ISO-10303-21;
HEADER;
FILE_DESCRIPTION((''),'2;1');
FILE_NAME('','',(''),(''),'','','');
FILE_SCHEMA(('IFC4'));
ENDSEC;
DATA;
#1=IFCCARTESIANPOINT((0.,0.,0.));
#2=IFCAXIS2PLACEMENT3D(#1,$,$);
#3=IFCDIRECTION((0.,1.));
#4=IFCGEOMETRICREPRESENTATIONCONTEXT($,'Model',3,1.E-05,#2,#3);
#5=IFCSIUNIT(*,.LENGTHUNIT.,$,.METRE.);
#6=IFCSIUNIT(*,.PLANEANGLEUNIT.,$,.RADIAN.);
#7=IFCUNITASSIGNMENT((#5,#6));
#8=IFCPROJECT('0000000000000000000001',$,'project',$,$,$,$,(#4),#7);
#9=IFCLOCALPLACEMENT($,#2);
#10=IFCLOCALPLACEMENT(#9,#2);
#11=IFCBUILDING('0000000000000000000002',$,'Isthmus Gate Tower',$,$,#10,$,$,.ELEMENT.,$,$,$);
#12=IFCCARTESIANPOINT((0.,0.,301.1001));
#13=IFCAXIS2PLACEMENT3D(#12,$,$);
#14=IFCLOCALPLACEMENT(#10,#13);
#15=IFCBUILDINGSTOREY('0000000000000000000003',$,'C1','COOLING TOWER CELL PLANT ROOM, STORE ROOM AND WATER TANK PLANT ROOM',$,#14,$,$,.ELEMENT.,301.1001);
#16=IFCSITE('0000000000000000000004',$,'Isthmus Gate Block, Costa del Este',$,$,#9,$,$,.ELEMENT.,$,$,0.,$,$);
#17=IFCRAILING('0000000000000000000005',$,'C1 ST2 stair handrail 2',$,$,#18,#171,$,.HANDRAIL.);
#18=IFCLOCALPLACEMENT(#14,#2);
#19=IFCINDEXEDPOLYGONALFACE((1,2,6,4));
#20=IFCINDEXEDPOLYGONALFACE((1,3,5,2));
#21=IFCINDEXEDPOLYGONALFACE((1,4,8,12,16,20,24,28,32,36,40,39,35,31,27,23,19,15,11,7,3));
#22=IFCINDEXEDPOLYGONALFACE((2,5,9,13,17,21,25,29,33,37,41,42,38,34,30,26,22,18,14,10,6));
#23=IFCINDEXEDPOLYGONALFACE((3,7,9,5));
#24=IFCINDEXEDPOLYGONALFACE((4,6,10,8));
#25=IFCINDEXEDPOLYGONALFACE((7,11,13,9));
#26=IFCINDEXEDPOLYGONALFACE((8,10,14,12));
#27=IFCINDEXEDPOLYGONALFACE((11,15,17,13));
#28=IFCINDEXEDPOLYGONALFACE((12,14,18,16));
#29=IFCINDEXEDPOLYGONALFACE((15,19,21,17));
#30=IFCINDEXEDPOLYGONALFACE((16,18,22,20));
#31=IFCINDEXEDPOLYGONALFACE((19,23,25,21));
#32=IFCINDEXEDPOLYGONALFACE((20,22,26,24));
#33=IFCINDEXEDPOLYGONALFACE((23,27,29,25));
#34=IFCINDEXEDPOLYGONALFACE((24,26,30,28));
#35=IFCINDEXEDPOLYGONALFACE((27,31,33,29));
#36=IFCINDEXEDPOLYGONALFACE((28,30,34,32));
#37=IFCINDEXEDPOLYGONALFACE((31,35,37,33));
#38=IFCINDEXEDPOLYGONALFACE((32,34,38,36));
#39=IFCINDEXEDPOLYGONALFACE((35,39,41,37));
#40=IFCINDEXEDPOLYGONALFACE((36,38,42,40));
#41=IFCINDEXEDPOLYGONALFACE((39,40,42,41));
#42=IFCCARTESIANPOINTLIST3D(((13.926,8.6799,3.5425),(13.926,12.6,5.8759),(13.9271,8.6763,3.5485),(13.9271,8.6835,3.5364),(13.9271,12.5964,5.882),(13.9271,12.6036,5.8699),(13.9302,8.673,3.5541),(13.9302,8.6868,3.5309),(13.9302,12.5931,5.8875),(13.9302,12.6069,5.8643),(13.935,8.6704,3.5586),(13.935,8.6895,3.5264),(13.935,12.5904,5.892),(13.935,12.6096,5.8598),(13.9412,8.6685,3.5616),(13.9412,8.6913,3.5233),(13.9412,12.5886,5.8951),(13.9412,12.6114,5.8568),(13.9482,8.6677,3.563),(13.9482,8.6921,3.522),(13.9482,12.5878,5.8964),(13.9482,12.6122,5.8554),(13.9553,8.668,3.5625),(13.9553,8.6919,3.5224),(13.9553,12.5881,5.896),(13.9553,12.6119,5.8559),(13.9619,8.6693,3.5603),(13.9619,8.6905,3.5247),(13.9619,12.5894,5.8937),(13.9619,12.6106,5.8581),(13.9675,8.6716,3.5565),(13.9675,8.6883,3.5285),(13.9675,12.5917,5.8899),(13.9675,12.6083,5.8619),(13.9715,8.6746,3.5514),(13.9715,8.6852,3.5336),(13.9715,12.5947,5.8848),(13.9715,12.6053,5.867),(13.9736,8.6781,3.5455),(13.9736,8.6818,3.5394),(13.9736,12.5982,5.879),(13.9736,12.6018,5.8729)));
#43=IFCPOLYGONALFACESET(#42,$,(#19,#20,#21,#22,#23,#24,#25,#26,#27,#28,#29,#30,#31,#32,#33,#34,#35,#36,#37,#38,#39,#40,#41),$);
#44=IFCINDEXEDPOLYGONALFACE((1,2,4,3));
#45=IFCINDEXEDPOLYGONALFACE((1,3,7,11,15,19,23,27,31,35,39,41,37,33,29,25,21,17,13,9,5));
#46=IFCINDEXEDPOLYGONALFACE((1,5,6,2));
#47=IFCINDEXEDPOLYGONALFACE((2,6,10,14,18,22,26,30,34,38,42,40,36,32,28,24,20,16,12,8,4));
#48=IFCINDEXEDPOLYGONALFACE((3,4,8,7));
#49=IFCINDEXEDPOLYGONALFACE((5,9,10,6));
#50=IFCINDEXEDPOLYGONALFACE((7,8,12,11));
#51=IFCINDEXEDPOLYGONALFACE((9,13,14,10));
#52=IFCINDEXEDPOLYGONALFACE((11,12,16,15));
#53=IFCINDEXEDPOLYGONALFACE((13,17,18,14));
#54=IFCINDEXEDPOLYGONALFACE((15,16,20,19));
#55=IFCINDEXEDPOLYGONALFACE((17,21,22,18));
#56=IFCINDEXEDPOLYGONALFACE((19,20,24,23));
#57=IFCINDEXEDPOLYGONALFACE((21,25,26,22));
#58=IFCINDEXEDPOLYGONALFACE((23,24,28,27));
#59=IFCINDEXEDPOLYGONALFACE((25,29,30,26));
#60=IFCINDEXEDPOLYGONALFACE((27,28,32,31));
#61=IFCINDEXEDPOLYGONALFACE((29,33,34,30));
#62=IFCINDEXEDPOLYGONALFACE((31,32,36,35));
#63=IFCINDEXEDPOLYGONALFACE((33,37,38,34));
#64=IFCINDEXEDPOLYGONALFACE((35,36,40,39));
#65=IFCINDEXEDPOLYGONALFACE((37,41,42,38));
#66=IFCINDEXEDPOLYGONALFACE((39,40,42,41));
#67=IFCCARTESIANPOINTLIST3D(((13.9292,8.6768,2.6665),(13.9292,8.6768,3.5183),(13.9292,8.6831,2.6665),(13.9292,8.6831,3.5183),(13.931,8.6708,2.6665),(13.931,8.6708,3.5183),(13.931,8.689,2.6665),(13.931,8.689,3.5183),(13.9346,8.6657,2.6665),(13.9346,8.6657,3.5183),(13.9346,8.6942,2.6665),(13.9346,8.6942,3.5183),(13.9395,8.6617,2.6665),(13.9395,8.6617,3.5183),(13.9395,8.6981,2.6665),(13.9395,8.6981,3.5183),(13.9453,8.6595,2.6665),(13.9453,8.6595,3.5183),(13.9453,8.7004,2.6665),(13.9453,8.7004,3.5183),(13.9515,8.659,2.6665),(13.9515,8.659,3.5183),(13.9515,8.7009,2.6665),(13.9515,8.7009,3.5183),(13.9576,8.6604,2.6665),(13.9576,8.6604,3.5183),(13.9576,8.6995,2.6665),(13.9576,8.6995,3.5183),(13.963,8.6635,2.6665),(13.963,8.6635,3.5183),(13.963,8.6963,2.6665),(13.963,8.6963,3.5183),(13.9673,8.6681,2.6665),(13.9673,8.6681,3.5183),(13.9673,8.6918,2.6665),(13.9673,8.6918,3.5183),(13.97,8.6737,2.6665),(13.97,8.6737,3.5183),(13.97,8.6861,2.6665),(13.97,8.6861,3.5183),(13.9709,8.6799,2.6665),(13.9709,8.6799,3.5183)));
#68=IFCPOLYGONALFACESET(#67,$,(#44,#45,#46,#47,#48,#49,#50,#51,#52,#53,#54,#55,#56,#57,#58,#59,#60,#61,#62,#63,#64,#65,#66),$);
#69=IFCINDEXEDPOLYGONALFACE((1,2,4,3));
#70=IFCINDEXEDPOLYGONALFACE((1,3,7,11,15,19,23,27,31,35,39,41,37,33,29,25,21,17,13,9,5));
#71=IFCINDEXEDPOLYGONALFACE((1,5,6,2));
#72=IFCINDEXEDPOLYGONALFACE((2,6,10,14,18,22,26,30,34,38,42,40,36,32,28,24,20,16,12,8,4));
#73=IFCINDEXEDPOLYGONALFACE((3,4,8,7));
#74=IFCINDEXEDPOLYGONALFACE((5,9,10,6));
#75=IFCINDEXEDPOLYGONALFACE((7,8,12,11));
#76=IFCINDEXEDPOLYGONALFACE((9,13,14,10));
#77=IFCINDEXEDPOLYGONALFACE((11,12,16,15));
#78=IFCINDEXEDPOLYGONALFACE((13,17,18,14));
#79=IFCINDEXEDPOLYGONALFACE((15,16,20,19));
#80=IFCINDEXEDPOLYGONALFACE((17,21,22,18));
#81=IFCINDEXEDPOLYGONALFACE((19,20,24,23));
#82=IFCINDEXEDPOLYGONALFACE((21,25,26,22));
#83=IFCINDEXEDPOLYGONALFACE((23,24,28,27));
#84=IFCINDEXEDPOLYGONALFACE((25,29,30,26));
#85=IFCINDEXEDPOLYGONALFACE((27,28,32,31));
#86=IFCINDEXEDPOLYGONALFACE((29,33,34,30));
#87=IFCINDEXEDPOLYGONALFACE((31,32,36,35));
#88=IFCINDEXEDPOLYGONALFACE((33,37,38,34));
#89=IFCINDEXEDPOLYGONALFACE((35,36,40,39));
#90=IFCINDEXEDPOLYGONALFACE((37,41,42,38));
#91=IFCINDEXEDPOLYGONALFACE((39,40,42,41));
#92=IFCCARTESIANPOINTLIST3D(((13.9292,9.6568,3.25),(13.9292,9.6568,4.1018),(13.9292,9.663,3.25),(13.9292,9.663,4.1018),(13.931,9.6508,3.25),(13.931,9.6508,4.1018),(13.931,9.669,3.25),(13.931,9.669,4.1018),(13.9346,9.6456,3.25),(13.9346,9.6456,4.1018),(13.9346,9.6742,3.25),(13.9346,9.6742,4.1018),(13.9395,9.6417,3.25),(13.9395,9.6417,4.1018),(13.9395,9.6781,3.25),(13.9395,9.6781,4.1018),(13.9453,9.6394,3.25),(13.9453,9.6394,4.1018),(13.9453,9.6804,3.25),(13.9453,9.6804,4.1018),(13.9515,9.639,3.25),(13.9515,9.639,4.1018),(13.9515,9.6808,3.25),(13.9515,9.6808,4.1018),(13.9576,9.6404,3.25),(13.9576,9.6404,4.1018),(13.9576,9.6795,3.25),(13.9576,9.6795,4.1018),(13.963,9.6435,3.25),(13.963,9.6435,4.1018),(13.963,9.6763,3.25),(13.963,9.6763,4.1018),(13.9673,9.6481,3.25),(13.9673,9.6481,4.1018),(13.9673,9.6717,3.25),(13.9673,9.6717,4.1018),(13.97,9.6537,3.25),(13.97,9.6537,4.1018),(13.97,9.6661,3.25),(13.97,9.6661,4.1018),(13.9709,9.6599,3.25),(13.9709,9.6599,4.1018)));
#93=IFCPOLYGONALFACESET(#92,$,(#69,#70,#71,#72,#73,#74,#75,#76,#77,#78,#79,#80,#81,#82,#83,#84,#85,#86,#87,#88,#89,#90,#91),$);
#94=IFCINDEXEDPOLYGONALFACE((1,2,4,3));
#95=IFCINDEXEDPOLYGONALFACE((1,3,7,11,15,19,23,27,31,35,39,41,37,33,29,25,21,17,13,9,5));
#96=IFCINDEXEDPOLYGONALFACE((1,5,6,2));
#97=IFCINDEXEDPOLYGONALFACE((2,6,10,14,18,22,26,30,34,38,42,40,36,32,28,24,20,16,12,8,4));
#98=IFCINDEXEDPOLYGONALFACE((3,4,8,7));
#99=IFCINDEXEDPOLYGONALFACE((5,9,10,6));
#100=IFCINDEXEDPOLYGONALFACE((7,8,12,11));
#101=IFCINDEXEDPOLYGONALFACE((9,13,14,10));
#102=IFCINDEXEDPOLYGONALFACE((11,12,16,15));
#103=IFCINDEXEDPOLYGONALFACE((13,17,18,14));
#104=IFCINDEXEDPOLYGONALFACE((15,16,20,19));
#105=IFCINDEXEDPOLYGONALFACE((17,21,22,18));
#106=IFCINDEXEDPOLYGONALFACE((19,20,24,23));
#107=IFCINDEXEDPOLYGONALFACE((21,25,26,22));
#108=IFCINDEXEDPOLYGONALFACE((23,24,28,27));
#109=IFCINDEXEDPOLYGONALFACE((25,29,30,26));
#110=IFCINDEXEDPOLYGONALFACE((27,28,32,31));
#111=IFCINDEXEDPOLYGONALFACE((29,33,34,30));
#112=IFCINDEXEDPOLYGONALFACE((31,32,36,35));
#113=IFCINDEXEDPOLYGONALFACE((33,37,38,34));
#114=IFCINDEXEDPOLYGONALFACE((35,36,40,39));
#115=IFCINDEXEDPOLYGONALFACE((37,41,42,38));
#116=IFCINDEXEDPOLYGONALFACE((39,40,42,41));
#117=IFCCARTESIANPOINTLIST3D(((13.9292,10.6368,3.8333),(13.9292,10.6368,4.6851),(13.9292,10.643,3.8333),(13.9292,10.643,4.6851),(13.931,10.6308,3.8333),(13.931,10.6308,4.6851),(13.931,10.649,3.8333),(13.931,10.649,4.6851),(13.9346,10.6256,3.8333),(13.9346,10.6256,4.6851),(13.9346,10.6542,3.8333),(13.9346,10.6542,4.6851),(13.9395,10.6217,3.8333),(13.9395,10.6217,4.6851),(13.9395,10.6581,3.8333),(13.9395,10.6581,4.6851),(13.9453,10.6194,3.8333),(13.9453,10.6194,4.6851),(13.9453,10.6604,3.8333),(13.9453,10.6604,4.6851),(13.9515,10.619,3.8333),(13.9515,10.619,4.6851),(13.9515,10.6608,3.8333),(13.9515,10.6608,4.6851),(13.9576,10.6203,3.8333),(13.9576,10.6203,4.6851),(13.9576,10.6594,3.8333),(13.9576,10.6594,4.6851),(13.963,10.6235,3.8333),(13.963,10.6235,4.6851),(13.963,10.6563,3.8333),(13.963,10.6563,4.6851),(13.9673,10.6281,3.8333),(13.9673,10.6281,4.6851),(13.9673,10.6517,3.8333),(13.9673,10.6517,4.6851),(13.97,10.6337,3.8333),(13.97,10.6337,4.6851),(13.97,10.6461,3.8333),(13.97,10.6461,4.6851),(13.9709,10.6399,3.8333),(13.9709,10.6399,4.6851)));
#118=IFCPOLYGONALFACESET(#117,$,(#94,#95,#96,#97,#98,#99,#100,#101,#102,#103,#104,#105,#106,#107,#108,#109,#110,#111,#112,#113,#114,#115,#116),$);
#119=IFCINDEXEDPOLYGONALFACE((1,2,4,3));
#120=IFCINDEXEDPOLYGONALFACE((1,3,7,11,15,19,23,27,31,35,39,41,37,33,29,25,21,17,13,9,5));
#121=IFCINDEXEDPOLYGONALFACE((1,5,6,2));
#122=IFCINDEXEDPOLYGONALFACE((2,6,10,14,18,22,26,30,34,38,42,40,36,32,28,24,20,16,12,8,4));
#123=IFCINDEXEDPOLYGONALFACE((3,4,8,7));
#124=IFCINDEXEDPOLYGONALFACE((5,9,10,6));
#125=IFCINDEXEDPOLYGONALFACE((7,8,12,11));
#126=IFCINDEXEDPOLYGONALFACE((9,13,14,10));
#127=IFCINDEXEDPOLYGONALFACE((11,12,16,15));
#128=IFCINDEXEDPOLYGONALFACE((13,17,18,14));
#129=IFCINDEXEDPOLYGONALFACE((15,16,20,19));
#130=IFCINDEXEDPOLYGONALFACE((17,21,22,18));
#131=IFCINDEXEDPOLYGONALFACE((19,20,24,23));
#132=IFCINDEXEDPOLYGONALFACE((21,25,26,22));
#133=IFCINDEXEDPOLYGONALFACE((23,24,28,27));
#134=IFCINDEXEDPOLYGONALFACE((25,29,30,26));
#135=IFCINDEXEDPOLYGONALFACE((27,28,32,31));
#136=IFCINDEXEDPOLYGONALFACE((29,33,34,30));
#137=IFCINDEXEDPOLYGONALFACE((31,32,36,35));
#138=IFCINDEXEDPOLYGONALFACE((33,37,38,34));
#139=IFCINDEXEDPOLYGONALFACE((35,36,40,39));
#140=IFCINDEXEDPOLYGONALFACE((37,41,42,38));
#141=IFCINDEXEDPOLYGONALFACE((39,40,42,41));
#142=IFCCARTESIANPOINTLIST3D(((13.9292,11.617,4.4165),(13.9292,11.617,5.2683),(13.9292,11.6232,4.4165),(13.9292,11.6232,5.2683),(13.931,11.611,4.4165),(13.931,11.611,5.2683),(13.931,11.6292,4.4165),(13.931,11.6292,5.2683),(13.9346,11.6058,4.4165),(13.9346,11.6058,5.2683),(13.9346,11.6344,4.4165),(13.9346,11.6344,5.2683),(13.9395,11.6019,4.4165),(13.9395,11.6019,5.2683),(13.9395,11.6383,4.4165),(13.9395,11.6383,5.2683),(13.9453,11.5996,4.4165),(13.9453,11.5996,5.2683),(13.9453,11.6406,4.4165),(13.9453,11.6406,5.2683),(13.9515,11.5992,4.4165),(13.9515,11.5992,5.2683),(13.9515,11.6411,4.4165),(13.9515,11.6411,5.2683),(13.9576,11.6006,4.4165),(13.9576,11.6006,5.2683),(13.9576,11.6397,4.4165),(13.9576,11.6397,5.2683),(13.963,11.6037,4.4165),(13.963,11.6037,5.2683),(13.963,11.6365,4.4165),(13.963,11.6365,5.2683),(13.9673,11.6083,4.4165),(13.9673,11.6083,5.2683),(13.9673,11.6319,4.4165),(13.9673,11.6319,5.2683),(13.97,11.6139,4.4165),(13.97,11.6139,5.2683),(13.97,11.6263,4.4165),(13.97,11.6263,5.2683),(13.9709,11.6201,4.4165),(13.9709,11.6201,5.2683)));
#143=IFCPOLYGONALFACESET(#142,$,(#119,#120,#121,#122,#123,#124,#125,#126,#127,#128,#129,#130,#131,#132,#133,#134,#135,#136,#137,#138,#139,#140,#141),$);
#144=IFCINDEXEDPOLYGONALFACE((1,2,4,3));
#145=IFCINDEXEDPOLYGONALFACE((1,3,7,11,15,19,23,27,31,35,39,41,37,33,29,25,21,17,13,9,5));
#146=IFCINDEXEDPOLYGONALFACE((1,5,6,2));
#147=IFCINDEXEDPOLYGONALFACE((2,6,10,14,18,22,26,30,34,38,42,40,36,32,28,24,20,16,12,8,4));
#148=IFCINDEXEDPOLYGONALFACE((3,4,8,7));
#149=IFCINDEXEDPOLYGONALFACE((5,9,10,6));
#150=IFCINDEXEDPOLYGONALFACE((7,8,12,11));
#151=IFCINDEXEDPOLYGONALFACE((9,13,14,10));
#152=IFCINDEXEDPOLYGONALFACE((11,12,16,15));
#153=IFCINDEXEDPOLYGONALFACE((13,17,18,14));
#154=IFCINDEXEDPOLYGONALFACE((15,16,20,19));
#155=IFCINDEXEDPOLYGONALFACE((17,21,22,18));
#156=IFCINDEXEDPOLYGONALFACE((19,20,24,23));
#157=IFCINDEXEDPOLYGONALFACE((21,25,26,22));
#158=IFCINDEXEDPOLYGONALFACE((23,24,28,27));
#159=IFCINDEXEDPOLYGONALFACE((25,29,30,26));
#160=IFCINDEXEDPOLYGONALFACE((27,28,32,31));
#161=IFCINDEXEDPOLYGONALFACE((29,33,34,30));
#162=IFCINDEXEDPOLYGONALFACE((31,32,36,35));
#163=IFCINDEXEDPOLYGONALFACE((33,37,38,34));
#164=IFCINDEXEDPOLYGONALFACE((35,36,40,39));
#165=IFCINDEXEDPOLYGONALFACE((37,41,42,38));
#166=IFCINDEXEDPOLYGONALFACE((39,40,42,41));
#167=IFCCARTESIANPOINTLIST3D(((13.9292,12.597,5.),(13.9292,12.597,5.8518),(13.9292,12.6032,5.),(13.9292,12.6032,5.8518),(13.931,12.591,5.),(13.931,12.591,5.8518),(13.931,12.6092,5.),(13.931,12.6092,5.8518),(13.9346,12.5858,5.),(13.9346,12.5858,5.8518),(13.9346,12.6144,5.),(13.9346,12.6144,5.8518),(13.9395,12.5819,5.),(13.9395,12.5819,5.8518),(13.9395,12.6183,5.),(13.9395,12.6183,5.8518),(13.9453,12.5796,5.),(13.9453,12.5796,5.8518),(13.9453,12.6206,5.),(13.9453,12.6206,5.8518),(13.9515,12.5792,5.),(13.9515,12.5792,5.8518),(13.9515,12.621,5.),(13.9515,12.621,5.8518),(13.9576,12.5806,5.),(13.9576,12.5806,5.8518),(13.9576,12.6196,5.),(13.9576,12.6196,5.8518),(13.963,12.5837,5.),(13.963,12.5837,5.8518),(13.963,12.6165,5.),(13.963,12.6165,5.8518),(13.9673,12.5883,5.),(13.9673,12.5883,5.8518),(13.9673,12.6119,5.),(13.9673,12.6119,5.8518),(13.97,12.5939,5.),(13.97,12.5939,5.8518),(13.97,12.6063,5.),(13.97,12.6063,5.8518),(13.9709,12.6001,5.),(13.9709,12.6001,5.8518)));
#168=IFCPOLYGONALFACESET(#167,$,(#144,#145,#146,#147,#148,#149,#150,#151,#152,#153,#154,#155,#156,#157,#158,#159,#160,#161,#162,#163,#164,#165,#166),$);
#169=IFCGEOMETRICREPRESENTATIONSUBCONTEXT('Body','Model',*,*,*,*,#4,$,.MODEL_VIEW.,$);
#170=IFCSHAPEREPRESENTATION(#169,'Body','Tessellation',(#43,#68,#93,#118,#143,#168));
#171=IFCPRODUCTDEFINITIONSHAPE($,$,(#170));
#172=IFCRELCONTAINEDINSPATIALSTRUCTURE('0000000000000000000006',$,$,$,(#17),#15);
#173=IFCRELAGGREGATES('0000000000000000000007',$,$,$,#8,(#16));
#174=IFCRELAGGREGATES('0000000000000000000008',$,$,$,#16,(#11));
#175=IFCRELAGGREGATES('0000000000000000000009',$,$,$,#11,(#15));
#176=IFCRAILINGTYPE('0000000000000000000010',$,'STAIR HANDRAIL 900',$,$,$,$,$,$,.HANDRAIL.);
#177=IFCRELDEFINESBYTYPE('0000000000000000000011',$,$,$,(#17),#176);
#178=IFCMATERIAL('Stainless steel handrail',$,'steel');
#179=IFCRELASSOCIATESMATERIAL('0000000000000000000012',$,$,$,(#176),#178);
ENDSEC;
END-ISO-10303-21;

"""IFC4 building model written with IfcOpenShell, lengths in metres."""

from ifc_helpers import new_model, si_unit, direction, frame, origin, origin_2d, place, context, subcontext, project, spatial, circle, extrude, material, type_object, element, save


model = new_model("IFC4")

# Units and contexts
model_context = context("Model", 3, precision=1e-05, world=origin(), true_north=direction((0.0, 1.0)))
body_context = subcontext(model_context, "Body", "Model", "MODEL_VIEW")
ifc_project = project(units=[si_unit("LENGTHUNIT", "METRE"), si_unit("PLANEANGLEUNIT", "RADIAN")], contexts=[model_context])

# Site, building, storey
site_placement = place(None, origin())
site = spatial("IfcSite", under=ifc_project, at=site_placement, Name="Isthmus Gate Block, Costa del Este", CompositionType="ELEMENT", RefElevation=0.0)
building_placement = place(site_placement, origin())
building = spatial("IfcBuilding", under=site, at=building_placement, Name="Isthmus Gate Tower", CompositionType="ELEMENT")
storey_placement = place(building_placement, frame((0.0, 0.0, 301.1001)))
storey = spatial("IfcBuildingStorey", under=building, at=storey_placement, Name="C1", Description="COOLING TOWER CELL PLANT ROOM, STORE ROOM AND WATER TANK PLANT ROOM", CompositionType="ELEMENT", Elevation=301.1001)

# Railing
ifc_material_1 = material(Name="Stainless steel handrail", Category="steel")
railing_type_1 = type_object("IfcRailingType", Name="STAIR HANDRAIL 900", PredefinedType="HANDRAIL", material=ifc_material_1)
railing_1_placement = place(storey_placement, frame((13.95, 8.6799, 2.6665)))
element("IfcRailing", 1, at=railing_1_placement, inside=storey, type_object=railing_type_1, Name="C1 ST2 stair handrail 2", PredefinedType="HANDRAIL", context=body_context, shape_type="SweptSolid", body=[
    extrude(circle(Radius=0.0239, at=origin_2d()), frame((0.0, 0.0, 0.876), z_axis=(0.0, 0.859287, 0.511494), x_axis=(-1.0, 0.0, 0.0)), (0.0, 0.0, 1.0), 4.562),
    extrude(circle(Radius=0.021, at=origin_2d()), origin(), (0.0, 0.0, 1.0), 0.8518),
    extrude(circle(Radius=0.021, at=origin_2d()), frame((0.0, 0.98, 0.5835)), (0.0, 0.0, 1.0), 0.8518),
    extrude(circle(Radius=0.021, at=origin_2d()), frame((0.0, 1.96, 1.1667)), (0.0, 0.0, 1.0), 0.8518),
    extrude(circle(Radius=0.021, at=origin_2d()), frame((0.0, 2.9402, 1.75)), (0.0, 0.0, 1.0), 0.8518),
    extrude(circle(Radius=0.021, at=origin_2d()), frame((0.0, 3.9202, 2.3335)), (0.0, 0.0, 1.0), 0.8518),
])

save(model, "model.ifc")
